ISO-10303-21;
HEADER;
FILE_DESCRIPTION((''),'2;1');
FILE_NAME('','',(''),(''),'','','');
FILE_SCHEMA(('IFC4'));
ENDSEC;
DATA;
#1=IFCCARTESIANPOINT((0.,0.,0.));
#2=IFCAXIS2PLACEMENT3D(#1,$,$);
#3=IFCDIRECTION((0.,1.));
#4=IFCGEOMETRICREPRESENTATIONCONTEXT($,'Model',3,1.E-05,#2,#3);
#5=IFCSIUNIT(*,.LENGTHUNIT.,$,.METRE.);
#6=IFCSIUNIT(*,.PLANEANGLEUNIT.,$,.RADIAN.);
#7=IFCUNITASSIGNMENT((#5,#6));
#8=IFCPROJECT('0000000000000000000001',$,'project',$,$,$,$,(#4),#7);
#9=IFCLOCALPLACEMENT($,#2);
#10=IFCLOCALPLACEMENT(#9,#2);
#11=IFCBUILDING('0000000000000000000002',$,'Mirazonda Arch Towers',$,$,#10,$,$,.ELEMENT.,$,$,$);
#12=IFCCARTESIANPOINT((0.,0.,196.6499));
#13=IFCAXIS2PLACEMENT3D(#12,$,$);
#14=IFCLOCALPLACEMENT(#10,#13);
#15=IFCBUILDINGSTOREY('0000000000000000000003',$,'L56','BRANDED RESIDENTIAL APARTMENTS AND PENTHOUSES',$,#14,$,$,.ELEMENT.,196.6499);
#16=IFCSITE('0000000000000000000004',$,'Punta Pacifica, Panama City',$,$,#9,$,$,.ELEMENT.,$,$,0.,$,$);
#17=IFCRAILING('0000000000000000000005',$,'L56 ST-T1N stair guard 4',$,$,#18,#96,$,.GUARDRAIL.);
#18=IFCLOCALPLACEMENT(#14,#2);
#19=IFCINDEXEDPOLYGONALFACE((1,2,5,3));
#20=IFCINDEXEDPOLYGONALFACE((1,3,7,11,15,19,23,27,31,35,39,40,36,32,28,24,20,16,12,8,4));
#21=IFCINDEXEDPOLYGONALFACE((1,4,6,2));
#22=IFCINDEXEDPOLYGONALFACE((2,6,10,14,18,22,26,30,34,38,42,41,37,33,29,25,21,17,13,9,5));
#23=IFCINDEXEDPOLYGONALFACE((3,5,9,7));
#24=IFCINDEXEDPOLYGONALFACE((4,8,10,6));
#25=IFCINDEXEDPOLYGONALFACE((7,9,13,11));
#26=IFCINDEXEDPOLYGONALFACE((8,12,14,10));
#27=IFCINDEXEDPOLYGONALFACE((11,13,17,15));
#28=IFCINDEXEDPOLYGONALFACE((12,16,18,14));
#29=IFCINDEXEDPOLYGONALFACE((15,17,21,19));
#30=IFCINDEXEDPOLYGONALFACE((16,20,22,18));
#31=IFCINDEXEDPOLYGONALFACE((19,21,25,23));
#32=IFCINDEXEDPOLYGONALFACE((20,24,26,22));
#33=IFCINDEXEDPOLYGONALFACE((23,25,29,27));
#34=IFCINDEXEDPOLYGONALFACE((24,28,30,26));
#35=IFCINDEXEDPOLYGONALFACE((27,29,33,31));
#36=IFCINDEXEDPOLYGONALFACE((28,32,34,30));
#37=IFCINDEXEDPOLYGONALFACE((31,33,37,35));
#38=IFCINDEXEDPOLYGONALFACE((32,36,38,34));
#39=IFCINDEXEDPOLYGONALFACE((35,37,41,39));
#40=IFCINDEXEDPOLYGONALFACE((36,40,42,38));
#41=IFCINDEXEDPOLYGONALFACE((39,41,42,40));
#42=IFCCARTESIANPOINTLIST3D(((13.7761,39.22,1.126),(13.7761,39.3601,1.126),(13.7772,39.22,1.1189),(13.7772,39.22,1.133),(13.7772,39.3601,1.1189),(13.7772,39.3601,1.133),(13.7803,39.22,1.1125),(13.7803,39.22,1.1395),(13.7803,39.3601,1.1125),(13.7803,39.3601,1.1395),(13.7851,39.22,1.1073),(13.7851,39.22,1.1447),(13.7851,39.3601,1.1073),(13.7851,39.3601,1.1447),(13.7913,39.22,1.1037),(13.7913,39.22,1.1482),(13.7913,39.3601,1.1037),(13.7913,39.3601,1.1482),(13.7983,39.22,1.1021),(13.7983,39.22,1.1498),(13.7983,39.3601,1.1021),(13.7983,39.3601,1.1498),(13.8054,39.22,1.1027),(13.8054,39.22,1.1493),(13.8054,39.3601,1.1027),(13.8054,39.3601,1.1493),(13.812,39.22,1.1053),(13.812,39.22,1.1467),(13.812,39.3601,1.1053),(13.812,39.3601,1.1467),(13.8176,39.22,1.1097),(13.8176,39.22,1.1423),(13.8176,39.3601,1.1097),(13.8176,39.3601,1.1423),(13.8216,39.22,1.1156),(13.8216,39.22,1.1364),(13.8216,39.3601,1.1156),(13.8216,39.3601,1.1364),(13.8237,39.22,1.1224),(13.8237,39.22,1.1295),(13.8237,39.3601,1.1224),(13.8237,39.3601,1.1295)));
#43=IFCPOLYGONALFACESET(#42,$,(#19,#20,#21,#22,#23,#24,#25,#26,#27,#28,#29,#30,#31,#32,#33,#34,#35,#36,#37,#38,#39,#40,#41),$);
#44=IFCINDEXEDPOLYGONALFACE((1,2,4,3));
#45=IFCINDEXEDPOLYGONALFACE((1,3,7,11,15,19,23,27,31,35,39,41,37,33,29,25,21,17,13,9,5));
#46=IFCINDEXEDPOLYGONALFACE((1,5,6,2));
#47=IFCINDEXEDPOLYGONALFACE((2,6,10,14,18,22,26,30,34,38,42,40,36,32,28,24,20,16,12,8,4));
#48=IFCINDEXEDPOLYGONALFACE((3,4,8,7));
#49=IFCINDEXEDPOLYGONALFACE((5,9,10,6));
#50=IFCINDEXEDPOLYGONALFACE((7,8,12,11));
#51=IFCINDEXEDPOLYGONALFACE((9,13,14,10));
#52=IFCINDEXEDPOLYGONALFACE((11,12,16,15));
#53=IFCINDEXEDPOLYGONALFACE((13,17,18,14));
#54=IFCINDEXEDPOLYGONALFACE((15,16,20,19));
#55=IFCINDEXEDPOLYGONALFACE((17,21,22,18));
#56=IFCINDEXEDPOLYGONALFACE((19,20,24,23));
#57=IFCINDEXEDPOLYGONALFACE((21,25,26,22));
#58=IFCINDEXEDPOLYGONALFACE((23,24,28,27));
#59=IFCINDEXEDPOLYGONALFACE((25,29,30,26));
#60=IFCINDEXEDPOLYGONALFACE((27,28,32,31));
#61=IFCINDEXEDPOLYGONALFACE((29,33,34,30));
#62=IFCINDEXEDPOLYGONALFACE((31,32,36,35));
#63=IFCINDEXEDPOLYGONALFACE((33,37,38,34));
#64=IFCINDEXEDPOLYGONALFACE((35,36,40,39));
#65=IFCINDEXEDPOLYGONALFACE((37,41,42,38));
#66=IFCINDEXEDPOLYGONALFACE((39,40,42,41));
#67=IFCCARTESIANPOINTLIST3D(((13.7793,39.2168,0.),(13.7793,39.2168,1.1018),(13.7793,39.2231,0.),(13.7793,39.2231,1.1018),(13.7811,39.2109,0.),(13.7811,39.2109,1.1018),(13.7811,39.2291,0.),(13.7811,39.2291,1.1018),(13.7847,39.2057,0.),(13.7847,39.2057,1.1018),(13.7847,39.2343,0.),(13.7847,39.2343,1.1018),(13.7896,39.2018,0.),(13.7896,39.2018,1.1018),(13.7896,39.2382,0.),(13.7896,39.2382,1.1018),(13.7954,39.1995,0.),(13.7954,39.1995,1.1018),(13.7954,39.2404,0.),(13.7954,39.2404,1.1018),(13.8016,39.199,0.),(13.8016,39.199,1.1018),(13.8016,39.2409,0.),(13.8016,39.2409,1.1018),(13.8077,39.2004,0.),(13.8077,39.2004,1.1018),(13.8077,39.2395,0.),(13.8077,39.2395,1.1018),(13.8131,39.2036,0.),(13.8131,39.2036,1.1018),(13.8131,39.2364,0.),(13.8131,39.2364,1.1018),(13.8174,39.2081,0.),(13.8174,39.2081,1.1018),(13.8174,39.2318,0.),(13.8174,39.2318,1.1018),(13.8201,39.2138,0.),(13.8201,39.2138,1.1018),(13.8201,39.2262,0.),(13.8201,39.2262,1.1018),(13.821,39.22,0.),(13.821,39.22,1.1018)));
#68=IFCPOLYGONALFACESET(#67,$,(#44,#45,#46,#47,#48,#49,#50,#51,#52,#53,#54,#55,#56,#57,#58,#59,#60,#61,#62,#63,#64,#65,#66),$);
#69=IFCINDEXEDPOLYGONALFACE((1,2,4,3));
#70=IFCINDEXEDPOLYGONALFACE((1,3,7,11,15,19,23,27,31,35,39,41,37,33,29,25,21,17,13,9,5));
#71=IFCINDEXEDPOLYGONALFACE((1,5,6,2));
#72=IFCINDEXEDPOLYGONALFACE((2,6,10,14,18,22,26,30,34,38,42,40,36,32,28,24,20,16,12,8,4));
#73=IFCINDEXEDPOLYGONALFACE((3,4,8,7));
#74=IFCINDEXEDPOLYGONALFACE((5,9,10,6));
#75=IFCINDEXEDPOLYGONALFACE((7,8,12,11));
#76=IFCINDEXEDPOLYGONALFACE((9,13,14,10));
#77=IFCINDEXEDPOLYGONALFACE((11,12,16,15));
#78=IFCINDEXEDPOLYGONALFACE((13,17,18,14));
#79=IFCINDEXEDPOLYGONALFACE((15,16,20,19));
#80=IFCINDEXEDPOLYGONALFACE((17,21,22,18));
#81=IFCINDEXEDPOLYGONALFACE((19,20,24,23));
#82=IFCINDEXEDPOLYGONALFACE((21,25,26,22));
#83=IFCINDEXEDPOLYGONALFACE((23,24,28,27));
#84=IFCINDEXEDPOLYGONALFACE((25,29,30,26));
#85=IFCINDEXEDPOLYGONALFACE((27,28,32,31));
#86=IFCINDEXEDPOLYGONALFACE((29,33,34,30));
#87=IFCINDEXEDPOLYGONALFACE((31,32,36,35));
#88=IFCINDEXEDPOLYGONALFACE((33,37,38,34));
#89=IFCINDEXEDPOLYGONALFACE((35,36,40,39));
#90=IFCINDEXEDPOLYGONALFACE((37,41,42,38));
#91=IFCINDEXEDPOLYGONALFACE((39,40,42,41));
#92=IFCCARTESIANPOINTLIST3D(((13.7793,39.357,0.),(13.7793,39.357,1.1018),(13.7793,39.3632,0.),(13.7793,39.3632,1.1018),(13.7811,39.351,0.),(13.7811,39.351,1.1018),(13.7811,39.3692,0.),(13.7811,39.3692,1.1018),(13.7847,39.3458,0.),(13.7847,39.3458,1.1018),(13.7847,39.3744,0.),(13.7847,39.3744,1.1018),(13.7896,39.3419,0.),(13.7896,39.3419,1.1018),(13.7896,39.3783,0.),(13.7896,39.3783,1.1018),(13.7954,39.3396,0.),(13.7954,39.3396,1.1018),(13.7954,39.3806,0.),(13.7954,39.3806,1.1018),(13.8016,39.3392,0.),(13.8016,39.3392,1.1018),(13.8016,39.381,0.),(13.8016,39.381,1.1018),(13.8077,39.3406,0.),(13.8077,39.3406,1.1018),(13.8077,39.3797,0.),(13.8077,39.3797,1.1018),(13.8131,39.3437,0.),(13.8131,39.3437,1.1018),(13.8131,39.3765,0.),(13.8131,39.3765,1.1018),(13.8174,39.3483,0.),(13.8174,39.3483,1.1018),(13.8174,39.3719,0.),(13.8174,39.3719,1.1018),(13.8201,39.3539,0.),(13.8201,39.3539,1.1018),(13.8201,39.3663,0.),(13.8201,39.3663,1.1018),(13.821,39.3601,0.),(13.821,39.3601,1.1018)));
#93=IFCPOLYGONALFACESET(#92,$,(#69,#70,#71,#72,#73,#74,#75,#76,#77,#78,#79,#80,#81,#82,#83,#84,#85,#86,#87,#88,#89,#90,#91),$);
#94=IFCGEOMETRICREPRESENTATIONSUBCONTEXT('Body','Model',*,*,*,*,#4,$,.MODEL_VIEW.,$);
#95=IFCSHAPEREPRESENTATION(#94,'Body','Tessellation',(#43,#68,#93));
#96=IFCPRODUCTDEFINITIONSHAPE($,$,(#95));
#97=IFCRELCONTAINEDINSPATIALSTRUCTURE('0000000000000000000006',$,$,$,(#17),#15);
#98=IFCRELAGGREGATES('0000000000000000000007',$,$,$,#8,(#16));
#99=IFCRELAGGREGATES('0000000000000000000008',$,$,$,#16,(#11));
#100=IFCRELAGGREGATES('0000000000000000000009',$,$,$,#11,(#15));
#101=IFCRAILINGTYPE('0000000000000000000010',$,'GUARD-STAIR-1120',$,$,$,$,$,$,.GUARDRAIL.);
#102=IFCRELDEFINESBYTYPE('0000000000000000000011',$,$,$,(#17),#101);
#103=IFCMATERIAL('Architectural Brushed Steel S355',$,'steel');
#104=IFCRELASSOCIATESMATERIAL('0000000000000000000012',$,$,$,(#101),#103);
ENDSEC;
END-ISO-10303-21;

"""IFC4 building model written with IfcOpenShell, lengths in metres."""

from ifc_helpers import new_model, si_unit, direction, frame, origin, origin_2d, place, context, subcontext, project, spatial, circle, extrude, material, type_object, element, save


model = new_model("IFC4")

# Units and contexts
model_context = context("Model", 3, precision=1e-05, world=origin(), true_north=direction((0.0, 1.0)))
body_context = subcontext(model_context, "Body", "Model", "MODEL_VIEW")
ifc_project = project(units=[si_unit("LENGTHUNIT", "METRE"), si_unit("PLANEANGLEUNIT", "RADIAN")], contexts=[model_context])

# Site, building, storey
site_placement = place(None, origin())
site = spatial("IfcSite", under=ifc_project, at=site_placement, Name="Punta Pacifica, Panama City", CompositionType="ELEMENT", RefElevation=0.0)
building_placement = place(site_placement, origin())
building = spatial("IfcBuilding", under=site, at=building_placement, Name="Mirazonda Arch Towers", CompositionType="ELEMENT")
storey_placement = place(building_placement, frame((0.0, 0.0, 196.6499)))
storey = spatial("IfcBuildingStorey", under=building, at=storey_placement, Name="L56", Description="BRANDED RESIDENTIAL APARTMENTS AND PENTHOUSES", CompositionType="ELEMENT", Elevation=196.6499)

# Shared definitions
ifc_material_1 = material(Name="Architectural Brushed Steel S355", Category="steel")

# Railing
railing_type_1 = type_object("IfcRailingType", Name="GUARD-STAIR-1120", PredefinedType="GUARDRAIL", material=ifc_material_1)
railing_1_placement = place(storey_placement, frame((13.8, 39.22, 0.0)))
element("IfcRailing", 1, at=railing_1_placement, inside=storey, type_object=railing_type_1, Name="L56 ST-T1N stair guard 4", PredefinedType="GUARDRAIL", context=body_context, shape_type="SweptSolid", body=[
    extrude(circle(Radius=0.0239, at=origin_2d()), frame((0.0, 0.0, 1.126), z_axis=(0.0, 1.0, 0.0), x_axis=(-1.0, 0.0, 0.0)), (0.0, 0.0, 1.0), 0.1401),
    extrude(circle(Radius=0.021, at=origin_2d()), origin(), (0.0, 0.0, 1.0), 1.1018),
    extrude(circle(Radius=0.021, at=origin_2d()), frame((0.0, 0.1401, 0.0)), (0.0, 0.0, 1.0), 1.1018),
])

save(model, "model.ifc")
